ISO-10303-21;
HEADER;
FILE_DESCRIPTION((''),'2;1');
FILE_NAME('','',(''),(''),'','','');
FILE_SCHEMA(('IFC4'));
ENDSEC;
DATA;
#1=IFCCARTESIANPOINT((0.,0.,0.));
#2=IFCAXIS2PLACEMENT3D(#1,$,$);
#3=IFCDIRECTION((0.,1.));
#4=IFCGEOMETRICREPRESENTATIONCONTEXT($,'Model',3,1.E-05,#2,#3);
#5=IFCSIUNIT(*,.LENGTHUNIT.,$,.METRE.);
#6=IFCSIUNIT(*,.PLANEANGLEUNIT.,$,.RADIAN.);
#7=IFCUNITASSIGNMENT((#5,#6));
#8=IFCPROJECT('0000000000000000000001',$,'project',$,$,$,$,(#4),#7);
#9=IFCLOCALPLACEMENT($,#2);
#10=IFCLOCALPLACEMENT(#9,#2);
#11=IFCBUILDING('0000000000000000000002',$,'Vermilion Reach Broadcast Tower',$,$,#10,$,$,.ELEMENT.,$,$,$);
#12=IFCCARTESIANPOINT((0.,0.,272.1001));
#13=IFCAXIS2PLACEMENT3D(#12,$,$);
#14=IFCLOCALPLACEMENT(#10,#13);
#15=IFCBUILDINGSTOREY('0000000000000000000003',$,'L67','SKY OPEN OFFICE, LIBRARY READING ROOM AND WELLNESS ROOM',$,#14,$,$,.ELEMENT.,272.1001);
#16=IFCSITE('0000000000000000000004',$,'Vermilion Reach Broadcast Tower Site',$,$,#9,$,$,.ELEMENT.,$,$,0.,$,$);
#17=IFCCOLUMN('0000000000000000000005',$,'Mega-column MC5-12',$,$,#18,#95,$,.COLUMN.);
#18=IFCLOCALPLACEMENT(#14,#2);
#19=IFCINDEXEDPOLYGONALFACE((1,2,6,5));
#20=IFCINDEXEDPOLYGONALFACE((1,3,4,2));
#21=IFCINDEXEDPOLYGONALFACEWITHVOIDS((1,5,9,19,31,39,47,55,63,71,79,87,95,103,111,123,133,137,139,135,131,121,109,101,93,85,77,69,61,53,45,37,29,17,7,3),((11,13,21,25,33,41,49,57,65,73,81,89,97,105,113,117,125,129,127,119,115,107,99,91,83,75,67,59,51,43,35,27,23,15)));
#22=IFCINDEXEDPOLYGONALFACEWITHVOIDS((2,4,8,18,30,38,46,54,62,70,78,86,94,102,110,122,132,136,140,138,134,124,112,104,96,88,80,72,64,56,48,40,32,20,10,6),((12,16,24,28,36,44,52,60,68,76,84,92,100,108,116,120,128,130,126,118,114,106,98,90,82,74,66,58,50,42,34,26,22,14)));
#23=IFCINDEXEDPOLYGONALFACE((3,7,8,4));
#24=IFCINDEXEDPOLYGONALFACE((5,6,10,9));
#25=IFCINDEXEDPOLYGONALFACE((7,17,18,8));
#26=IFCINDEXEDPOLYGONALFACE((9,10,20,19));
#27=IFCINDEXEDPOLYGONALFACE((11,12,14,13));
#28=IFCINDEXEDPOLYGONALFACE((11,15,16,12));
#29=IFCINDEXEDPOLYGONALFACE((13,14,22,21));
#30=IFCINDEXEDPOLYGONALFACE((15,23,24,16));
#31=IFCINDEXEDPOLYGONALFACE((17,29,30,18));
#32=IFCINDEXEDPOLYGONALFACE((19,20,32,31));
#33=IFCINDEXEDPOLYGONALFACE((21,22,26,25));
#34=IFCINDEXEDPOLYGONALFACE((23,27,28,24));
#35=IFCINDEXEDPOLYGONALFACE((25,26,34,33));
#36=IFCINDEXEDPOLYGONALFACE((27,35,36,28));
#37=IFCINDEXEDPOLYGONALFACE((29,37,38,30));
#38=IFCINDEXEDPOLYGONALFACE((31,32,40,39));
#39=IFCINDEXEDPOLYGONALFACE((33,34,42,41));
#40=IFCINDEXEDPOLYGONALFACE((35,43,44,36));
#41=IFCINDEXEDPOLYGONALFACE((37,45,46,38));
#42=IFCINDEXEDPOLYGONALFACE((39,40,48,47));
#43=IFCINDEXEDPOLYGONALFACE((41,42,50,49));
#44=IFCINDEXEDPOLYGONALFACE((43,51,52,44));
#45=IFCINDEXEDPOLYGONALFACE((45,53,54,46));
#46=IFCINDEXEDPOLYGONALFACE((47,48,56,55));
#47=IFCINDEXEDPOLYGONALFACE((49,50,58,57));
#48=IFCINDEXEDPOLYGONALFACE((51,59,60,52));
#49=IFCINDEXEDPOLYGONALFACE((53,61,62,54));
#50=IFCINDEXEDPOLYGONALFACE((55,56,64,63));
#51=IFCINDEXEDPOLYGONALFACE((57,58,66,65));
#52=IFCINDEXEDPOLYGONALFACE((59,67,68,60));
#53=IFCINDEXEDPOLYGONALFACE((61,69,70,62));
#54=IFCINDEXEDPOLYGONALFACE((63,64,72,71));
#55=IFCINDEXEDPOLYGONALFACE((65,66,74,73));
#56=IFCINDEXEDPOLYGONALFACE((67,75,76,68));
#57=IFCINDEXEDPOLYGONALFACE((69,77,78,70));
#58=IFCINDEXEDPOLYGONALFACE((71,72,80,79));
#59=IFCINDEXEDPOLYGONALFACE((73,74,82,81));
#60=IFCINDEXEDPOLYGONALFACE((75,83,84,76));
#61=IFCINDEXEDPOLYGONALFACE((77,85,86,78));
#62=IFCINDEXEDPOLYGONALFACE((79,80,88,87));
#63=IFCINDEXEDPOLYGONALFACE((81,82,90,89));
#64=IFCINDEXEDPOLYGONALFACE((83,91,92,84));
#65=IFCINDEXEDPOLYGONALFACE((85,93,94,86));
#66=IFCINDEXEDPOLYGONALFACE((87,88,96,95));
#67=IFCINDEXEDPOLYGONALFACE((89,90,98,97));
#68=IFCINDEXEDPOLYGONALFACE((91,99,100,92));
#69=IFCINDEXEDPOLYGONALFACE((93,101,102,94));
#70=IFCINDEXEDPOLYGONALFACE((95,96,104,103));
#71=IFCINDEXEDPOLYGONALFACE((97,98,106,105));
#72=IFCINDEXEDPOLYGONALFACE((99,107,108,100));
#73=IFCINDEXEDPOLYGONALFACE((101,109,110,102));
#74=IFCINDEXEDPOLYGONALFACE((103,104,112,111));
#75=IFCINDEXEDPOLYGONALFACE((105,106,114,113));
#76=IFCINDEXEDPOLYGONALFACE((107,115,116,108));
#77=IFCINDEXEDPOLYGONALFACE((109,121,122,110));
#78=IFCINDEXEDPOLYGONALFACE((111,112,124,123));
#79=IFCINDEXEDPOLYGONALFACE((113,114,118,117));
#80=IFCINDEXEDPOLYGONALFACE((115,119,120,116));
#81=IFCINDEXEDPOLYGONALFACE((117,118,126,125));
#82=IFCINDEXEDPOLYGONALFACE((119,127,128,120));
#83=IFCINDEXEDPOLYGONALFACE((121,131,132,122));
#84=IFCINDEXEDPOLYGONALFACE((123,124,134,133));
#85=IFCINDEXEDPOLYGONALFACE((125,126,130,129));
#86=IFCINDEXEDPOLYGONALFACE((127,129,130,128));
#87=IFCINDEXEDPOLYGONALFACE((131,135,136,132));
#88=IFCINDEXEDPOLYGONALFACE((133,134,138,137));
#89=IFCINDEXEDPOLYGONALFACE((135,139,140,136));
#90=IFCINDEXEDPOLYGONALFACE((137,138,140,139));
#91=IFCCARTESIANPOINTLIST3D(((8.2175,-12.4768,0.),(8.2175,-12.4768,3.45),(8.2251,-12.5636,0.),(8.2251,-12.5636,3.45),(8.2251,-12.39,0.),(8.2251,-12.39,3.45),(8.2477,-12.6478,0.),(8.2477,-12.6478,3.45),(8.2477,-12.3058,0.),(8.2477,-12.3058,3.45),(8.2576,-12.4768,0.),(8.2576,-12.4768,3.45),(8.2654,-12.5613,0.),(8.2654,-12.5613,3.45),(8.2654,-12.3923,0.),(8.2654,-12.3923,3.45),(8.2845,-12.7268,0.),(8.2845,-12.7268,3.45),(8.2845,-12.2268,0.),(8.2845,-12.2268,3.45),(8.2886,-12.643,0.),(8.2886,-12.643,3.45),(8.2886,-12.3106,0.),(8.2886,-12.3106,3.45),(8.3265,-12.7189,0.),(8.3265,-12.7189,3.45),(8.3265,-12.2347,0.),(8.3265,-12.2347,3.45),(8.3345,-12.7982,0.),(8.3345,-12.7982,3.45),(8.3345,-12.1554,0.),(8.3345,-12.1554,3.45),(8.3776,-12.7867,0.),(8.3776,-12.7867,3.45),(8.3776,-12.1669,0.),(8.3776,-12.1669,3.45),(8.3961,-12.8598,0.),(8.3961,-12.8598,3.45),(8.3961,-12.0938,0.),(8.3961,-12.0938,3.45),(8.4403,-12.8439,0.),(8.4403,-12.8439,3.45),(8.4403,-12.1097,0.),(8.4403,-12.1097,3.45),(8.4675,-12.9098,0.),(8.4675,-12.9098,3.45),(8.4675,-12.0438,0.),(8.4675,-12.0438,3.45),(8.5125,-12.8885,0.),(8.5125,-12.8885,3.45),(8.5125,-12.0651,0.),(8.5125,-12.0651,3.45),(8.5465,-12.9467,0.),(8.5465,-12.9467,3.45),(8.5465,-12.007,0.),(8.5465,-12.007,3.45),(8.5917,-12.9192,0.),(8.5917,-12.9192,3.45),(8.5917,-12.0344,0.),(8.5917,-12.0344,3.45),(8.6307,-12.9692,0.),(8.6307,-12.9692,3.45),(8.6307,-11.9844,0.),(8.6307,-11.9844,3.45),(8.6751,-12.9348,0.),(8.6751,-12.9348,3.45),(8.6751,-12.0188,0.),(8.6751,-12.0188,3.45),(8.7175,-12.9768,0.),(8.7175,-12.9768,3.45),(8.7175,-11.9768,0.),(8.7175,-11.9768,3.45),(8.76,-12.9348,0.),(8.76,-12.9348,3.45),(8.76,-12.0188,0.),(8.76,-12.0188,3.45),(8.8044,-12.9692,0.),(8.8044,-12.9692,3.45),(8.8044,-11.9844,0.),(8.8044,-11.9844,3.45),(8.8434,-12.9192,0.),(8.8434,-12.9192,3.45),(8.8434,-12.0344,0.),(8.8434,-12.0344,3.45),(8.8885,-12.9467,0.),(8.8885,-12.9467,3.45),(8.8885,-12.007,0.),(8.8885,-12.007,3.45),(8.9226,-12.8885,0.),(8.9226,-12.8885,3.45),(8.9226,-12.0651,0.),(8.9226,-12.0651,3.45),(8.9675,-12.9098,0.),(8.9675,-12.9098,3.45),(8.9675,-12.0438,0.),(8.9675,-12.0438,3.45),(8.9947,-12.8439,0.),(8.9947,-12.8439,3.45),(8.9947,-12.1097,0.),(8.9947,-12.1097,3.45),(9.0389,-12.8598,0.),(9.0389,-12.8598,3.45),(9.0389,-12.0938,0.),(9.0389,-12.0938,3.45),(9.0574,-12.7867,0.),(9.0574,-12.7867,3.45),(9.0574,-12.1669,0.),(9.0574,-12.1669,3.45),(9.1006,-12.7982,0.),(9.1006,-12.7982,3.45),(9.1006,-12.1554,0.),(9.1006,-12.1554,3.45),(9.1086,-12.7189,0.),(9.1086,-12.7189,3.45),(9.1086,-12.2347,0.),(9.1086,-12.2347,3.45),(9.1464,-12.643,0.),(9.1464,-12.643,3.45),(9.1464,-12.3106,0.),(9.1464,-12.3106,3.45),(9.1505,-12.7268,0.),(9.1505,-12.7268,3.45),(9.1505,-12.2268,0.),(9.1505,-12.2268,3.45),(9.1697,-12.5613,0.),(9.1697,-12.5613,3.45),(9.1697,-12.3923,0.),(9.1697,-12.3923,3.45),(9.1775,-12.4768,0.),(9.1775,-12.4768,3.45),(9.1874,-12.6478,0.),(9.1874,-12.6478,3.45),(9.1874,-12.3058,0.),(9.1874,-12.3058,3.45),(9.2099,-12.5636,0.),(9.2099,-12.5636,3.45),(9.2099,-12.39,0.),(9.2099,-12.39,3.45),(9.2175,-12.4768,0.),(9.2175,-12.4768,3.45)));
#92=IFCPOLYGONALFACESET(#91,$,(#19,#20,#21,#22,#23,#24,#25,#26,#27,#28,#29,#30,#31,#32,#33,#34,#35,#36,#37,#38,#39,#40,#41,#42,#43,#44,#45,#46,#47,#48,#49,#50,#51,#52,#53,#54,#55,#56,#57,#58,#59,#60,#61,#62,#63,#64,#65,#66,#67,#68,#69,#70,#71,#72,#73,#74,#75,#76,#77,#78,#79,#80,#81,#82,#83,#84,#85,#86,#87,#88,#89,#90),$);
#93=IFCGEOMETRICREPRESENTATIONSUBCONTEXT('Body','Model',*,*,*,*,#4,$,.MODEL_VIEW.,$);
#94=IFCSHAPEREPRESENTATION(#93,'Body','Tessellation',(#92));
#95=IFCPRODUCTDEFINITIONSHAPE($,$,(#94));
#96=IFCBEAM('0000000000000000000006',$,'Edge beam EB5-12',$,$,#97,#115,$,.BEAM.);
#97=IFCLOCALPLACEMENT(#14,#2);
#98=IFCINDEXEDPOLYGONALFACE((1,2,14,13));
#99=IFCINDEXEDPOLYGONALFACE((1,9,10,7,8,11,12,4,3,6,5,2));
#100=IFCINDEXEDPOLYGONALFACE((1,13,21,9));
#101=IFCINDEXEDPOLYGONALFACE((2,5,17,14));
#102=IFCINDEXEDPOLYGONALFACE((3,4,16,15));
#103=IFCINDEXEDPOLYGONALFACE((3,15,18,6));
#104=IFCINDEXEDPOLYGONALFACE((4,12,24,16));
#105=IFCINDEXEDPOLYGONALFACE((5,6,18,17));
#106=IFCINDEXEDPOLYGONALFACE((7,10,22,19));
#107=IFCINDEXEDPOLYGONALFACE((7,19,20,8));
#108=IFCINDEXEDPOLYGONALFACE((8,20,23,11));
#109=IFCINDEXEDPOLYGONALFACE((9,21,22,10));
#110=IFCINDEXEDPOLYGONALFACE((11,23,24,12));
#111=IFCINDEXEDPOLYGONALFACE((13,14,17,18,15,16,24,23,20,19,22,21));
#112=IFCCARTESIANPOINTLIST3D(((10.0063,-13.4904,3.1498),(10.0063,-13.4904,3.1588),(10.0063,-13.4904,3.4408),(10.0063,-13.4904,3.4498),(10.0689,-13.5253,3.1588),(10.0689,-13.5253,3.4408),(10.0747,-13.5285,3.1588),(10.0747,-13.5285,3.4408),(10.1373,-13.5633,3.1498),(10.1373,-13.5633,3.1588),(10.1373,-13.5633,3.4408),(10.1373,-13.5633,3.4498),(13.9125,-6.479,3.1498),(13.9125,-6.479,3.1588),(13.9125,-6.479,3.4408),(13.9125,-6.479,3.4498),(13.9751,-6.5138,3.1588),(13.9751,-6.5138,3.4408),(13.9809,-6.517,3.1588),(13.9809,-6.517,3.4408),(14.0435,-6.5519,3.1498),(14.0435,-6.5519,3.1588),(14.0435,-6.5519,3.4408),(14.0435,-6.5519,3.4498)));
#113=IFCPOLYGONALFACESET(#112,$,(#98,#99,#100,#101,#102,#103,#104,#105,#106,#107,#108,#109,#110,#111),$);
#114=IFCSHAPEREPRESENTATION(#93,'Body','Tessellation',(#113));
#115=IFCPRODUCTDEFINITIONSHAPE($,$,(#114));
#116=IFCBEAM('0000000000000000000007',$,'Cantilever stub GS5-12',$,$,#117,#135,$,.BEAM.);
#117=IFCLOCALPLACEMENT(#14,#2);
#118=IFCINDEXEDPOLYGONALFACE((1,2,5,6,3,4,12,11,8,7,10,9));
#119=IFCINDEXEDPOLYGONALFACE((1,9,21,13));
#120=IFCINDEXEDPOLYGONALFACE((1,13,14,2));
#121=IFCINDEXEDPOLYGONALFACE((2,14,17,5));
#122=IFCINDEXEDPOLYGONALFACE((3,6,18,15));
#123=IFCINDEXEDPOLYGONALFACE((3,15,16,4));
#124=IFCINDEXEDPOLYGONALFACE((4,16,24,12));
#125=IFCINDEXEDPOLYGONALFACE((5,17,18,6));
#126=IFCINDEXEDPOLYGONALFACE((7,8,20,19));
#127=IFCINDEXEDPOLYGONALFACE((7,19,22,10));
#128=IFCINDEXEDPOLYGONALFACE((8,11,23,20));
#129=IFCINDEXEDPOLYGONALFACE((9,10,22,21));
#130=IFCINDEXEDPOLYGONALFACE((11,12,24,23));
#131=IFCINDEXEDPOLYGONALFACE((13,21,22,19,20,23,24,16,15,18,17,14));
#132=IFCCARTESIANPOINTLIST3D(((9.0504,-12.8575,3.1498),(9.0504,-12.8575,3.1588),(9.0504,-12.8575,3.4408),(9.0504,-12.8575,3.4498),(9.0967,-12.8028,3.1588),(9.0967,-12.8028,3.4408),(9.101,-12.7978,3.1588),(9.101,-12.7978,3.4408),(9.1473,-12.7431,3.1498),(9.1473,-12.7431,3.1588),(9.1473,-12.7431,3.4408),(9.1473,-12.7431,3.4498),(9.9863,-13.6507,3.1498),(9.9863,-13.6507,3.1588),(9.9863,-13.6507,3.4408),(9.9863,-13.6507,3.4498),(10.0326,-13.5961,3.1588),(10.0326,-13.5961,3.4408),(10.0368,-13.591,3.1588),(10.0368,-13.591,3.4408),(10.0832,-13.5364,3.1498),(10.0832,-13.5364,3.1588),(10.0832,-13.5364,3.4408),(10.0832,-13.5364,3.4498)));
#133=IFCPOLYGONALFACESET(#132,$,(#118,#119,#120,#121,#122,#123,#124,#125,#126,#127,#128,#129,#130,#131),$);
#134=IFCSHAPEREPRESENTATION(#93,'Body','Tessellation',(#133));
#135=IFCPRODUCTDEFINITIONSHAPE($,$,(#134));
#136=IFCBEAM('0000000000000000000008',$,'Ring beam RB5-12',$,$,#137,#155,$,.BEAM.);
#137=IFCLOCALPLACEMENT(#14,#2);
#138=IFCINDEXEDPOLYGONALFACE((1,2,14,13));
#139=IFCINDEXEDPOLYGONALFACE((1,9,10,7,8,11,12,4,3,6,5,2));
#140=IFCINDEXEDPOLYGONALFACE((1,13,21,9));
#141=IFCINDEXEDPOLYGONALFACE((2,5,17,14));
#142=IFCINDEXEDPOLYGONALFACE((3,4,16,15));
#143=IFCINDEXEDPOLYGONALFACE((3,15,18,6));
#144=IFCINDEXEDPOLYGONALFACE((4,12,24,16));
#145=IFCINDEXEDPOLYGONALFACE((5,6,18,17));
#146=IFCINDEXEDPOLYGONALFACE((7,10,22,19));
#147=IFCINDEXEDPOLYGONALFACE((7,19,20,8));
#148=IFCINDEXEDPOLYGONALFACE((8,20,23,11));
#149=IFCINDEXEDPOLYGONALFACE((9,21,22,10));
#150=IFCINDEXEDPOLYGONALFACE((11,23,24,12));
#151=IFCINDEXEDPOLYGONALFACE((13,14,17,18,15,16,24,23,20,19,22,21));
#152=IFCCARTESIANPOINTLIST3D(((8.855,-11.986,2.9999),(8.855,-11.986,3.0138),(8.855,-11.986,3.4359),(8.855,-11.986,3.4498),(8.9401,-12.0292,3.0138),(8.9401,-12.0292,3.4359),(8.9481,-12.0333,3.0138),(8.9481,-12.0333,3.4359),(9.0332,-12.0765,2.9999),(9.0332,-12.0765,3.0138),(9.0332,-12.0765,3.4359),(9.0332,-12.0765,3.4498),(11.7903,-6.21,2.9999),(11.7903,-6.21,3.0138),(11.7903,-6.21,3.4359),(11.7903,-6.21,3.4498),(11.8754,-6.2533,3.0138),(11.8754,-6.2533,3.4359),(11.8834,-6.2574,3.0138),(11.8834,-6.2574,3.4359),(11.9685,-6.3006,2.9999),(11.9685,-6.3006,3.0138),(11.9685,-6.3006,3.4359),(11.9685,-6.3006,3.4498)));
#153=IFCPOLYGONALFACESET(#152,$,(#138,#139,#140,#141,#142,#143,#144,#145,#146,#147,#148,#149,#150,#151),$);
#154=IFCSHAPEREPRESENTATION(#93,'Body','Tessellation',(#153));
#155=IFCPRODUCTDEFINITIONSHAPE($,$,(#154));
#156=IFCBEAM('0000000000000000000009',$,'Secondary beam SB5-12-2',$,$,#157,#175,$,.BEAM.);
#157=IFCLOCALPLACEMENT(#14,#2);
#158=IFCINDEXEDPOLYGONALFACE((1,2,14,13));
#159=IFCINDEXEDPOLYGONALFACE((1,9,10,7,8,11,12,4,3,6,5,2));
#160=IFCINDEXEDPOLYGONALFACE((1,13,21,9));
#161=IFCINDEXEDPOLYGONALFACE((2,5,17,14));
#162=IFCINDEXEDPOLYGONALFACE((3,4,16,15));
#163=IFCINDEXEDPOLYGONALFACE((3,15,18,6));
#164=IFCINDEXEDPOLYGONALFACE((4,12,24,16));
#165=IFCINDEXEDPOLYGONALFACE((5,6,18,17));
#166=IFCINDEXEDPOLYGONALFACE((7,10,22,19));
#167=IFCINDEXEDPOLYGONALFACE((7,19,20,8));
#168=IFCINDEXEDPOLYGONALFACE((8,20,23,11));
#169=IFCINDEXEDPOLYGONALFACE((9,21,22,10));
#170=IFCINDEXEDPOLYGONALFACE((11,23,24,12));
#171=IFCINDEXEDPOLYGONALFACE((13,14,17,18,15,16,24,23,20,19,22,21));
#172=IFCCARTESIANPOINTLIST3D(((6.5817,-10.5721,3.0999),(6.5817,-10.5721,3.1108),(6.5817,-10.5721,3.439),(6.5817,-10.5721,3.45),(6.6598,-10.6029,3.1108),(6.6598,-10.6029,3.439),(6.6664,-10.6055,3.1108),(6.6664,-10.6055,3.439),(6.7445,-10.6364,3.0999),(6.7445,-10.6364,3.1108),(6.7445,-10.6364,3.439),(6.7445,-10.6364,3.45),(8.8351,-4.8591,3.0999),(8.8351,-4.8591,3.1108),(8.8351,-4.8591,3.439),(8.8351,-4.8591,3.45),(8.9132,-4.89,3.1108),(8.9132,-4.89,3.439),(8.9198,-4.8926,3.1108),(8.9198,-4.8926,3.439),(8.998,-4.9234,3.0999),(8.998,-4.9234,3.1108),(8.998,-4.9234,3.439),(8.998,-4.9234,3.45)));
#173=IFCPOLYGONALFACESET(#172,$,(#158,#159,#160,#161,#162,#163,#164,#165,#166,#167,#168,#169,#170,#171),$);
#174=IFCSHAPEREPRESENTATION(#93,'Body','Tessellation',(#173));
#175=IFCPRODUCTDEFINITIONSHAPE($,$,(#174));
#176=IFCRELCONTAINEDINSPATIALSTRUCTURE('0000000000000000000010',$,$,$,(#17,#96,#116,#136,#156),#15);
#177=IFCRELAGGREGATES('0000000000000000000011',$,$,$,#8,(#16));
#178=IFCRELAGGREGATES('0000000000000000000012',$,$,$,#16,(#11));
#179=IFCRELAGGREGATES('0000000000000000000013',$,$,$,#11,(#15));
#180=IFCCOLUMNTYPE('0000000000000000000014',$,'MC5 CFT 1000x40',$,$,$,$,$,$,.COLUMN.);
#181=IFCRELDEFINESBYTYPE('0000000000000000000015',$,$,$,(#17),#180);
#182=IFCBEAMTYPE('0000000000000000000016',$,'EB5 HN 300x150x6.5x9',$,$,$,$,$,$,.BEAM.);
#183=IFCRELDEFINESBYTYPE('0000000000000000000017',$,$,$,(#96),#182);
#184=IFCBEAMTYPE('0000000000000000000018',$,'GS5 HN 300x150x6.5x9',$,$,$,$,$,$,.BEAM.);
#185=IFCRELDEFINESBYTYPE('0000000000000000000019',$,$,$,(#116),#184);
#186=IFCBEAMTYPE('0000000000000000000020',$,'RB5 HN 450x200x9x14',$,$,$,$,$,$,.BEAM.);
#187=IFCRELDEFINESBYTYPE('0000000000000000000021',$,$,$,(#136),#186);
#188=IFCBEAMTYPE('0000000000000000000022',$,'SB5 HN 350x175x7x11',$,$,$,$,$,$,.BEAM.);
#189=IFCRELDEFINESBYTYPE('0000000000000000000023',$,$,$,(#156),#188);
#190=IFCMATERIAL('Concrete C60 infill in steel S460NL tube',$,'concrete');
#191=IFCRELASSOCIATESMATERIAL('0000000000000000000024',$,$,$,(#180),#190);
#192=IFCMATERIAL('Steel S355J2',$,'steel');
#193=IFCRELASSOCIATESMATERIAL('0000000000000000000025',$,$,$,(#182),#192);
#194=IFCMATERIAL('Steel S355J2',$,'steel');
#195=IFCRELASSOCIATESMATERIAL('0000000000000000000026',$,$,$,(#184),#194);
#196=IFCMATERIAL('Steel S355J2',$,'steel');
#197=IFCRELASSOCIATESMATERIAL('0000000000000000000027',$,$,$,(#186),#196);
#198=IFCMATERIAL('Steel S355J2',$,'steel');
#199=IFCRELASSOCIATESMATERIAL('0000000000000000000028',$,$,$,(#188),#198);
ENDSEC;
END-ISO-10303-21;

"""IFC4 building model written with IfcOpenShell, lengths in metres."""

from ifc_helpers import new_model, si_unit, direction, frame, origin, origin_2d, place, context, subcontext, project, spatial, hollow_circle, i_section, extrude, material, material_profile, profile_set, type_object, element, save


model = new_model("IFC4")

# Units and contexts
model_context = context("Model", 3, precision=1e-05, world=origin(), true_north=direction((0.0, 1.0)))
body_context = subcontext(model_context, "Body", "Model", "MODEL_VIEW")
ifc_project = project(units=[si_unit("LENGTHUNIT", "METRE"), si_unit("PLANEANGLEUNIT", "RADIAN")], contexts=[model_context])

# Site, building, storey
site_placement = place(None, origin())
site = spatial("IfcSite", under=ifc_project, at=site_placement, Name="Vermilion Reach Broadcast Tower Site", CompositionType="ELEMENT", RefElevation=0.0)
building_placement = place(site_placement, origin())
building = spatial("IfcBuilding", under=site, at=building_placement, Name="Vermilion Reach Broadcast Tower", CompositionType="ELEMENT")
storey_placement = place(building_placement, frame((0.0, 0.0, 272.1001)))
storey = spatial("IfcBuildingStorey", under=building, at=storey_placement, Name="L67", Description="SKY OPEN OFFICE, LIBRARY READING ROOM AND WELLNESS ROOM", CompositionType="ELEMENT", Elevation=272.1001)

# Column
ifc_material_1 = material(Name="Concrete C60 infill in steel S460NL tube", Category="concrete")
ifc_material_profile_1 = material_profile(ifc_material_1, hollow_circle(Radius=0.5, WallThickness=0.04, at=origin_2d()), Name="Concrete C60 infill in steel S460NL tube CFT 1000x40")
ifc_profile_set_1 = profile_set([ifc_material_profile_1], Name="Concrete C60 infill in steel S460NL tube")
column_type = type_object("IfcColumnType", Name="MC5 CFT 1000x40", PredefinedType="COLUMN", material=ifc_profile_set_1)
column_placement = place(storey_placement, frame((8.7175, -12.4768, 0.0), z_axis=(0.0, 0.0, 1.0), x_axis=(1.0, 0.0, 0.0)))
element("IfcColumn", 1, at=column_placement, inside=storey, type_object=column_type, Name="Mega-column MC5-12", PredefinedType="COLUMN", context=body_context, shape_type="SweptSolid", body=[
    extrude(hollow_circle(Radius=0.5, WallThickness=0.04, at=origin_2d()), origin(), (0.0, 0.0, 1.0), 3.45),
])

# Beams
ifc_material_2 = material(Name="Steel S355J2", Category="steel")
ifc_material_profile_2 = material_profile(ifc_material_2, i_section(OverallWidth=0.1499, OverallDepth=0.3, WebThickness=0.0066, FlangeThickness=0.009, at=origin_2d()), Name="S355J2 HN 300x150x6.5x9")
ifc_profile_set_2 = profile_set([ifc_material_profile_2], Name="Steel S355J2")
beam_type_1 = type_object("IfcBeamType", Name="EB5 HN 300x150x6.5x9", PredefinedType="BEAM", material=ifc_profile_set_2)
beam_1_placement = place(storey_placement, frame((10.0718, -13.5269, 3.2998), z_axis=(0.486689, 0.873576, 0.0), x_axis=(-0.873576, 0.486689, 0.0)))
element("IfcBeam", 2, at=beam_1_placement, inside=storey, type_object=beam_type_1, Name="Edge beam EB5-12", PredefinedType="BEAM", context=body_context, shape_type="SweptSolid", body=[
    extrude(i_section(OverallWidth=0.1499, OverallDepth=0.3, WebThickness=0.0066, FlangeThickness=0.009, at=origin_2d()), origin(), (0.0, 0.0, 1.0), 8.0261),
])
ifc_material_3 = material(Name="Steel S355J2", Category="steel")
ifc_material_profile_3 = material_profile(ifc_material_3, i_section(OverallWidth=0.1499, OverallDepth=0.3, WebThickness=0.0066, FlangeThickness=0.009, at=origin_2d()), Name="S355J2 HN 300x150x6.5x9")
ifc_profile_set_3 = profile_set([ifc_material_profile_3], Name="Steel S355J2")
beam_type_2 = type_object("IfcBeamType", Name="GS5 HN 300x150x6.5x9", PredefinedType="BEAM", material=ifc_profile_set_3)
beam_2_placement = place(storey_placement, frame((9.0989, -12.8003, 3.2998), z_axis=(0.762827, -0.646602, 0.0), x_axis=(0.646602, 0.762827, 0.0)))
element("IfcBeam", 3, at=beam_2_placement, inside=storey, type_object=beam_type_2, Name="Cantilever stub GS5-12", PredefinedType="BEAM", context=body_context, shape_type="SweptSolid", body=[
    extrude(i_section(OverallWidth=0.1499, OverallDepth=0.3, WebThickness=0.0066, FlangeThickness=0.009, at=origin_2d()), origin(), (0.0, 0.0, 1.0), 1.2268),
])
ifc_material_4 = material(Name="Steel S355J2", Category="steel")
ifc_material_profile_4 = material_profile(ifc_material_4, i_section(OverallWidth=0.2, OverallDepth=0.45, WebThickness=0.009, FlangeThickness=0.0139, at=origin_2d()), Name="S355J2 HN 450x200x9x14")
ifc_profile_set_4 = profile_set([ifc_material_profile_4], Name="Steel S355J2")
beam_type_3 = type_object("IfcBeamType", Name="RB5 HN 450x200x9x14", PredefinedType="BEAM", material=ifc_profile_set_4)
beam_3_placement = place(storey_placement, frame((8.9441, -12.0312, 3.2249), z_axis=(0.453052, 0.891484, 0.0), x_axis=(-0.891484, 0.453052, 0.0)))
element("IfcBeam", 4, at=beam_3_placement, inside=storey, type_object=beam_type_3, Name="Ring beam RB5-12", PredefinedType="BEAM", context=body_context, shape_type="SweptSolid", body=[
    extrude(i_section(OverallWidth=0.2, OverallDepth=0.45, WebThickness=0.009, FlangeThickness=0.0139, at=origin_2d()), origin(), (0.0, 0.0, 1.0), 6.479),
])
ifc_material_5 = material(Name="Steel S355J2", Category="steel")
ifc_material_profile_5 = material_profile(ifc_material_5, i_section(OverallWidth=0.175, OverallDepth=0.3501, WebThickness=0.0071, FlangeThickness=0.011, at=origin_2d()), Name="S355J2 HN 350x175x7x11")
ifc_profile_set_5 = profile_set([ifc_material_profile_5], Name="Steel S355J2")
beam_type_4 = type_object("IfcBeamType", Name="SB5 HN 350x175x7x11", PredefinedType="BEAM", material=ifc_profile_set_5)
beam_4_placement = place(storey_placement, frame((6.6631, -10.6042, 3.2749), z_axis=(0.366931, 0.930248, 0.0), x_axis=(-0.930248, 0.366931, 0.0)))
element("IfcBeam", 5, at=beam_4_placement, inside=storey, type_object=beam_type_4, Name="Secondary beam SB5-12-2", PredefinedType="BEAM", context=body_context, shape_type="SweptSolid", body=[
    extrude(i_section(OverallWidth=0.175, OverallDepth=0.3501, WebThickness=0.0071, FlangeThickness=0.011, at=origin_2d()), origin(), (0.0, 0.0, 1.0), 6.1414),
])

save(model, "model.ifc")
